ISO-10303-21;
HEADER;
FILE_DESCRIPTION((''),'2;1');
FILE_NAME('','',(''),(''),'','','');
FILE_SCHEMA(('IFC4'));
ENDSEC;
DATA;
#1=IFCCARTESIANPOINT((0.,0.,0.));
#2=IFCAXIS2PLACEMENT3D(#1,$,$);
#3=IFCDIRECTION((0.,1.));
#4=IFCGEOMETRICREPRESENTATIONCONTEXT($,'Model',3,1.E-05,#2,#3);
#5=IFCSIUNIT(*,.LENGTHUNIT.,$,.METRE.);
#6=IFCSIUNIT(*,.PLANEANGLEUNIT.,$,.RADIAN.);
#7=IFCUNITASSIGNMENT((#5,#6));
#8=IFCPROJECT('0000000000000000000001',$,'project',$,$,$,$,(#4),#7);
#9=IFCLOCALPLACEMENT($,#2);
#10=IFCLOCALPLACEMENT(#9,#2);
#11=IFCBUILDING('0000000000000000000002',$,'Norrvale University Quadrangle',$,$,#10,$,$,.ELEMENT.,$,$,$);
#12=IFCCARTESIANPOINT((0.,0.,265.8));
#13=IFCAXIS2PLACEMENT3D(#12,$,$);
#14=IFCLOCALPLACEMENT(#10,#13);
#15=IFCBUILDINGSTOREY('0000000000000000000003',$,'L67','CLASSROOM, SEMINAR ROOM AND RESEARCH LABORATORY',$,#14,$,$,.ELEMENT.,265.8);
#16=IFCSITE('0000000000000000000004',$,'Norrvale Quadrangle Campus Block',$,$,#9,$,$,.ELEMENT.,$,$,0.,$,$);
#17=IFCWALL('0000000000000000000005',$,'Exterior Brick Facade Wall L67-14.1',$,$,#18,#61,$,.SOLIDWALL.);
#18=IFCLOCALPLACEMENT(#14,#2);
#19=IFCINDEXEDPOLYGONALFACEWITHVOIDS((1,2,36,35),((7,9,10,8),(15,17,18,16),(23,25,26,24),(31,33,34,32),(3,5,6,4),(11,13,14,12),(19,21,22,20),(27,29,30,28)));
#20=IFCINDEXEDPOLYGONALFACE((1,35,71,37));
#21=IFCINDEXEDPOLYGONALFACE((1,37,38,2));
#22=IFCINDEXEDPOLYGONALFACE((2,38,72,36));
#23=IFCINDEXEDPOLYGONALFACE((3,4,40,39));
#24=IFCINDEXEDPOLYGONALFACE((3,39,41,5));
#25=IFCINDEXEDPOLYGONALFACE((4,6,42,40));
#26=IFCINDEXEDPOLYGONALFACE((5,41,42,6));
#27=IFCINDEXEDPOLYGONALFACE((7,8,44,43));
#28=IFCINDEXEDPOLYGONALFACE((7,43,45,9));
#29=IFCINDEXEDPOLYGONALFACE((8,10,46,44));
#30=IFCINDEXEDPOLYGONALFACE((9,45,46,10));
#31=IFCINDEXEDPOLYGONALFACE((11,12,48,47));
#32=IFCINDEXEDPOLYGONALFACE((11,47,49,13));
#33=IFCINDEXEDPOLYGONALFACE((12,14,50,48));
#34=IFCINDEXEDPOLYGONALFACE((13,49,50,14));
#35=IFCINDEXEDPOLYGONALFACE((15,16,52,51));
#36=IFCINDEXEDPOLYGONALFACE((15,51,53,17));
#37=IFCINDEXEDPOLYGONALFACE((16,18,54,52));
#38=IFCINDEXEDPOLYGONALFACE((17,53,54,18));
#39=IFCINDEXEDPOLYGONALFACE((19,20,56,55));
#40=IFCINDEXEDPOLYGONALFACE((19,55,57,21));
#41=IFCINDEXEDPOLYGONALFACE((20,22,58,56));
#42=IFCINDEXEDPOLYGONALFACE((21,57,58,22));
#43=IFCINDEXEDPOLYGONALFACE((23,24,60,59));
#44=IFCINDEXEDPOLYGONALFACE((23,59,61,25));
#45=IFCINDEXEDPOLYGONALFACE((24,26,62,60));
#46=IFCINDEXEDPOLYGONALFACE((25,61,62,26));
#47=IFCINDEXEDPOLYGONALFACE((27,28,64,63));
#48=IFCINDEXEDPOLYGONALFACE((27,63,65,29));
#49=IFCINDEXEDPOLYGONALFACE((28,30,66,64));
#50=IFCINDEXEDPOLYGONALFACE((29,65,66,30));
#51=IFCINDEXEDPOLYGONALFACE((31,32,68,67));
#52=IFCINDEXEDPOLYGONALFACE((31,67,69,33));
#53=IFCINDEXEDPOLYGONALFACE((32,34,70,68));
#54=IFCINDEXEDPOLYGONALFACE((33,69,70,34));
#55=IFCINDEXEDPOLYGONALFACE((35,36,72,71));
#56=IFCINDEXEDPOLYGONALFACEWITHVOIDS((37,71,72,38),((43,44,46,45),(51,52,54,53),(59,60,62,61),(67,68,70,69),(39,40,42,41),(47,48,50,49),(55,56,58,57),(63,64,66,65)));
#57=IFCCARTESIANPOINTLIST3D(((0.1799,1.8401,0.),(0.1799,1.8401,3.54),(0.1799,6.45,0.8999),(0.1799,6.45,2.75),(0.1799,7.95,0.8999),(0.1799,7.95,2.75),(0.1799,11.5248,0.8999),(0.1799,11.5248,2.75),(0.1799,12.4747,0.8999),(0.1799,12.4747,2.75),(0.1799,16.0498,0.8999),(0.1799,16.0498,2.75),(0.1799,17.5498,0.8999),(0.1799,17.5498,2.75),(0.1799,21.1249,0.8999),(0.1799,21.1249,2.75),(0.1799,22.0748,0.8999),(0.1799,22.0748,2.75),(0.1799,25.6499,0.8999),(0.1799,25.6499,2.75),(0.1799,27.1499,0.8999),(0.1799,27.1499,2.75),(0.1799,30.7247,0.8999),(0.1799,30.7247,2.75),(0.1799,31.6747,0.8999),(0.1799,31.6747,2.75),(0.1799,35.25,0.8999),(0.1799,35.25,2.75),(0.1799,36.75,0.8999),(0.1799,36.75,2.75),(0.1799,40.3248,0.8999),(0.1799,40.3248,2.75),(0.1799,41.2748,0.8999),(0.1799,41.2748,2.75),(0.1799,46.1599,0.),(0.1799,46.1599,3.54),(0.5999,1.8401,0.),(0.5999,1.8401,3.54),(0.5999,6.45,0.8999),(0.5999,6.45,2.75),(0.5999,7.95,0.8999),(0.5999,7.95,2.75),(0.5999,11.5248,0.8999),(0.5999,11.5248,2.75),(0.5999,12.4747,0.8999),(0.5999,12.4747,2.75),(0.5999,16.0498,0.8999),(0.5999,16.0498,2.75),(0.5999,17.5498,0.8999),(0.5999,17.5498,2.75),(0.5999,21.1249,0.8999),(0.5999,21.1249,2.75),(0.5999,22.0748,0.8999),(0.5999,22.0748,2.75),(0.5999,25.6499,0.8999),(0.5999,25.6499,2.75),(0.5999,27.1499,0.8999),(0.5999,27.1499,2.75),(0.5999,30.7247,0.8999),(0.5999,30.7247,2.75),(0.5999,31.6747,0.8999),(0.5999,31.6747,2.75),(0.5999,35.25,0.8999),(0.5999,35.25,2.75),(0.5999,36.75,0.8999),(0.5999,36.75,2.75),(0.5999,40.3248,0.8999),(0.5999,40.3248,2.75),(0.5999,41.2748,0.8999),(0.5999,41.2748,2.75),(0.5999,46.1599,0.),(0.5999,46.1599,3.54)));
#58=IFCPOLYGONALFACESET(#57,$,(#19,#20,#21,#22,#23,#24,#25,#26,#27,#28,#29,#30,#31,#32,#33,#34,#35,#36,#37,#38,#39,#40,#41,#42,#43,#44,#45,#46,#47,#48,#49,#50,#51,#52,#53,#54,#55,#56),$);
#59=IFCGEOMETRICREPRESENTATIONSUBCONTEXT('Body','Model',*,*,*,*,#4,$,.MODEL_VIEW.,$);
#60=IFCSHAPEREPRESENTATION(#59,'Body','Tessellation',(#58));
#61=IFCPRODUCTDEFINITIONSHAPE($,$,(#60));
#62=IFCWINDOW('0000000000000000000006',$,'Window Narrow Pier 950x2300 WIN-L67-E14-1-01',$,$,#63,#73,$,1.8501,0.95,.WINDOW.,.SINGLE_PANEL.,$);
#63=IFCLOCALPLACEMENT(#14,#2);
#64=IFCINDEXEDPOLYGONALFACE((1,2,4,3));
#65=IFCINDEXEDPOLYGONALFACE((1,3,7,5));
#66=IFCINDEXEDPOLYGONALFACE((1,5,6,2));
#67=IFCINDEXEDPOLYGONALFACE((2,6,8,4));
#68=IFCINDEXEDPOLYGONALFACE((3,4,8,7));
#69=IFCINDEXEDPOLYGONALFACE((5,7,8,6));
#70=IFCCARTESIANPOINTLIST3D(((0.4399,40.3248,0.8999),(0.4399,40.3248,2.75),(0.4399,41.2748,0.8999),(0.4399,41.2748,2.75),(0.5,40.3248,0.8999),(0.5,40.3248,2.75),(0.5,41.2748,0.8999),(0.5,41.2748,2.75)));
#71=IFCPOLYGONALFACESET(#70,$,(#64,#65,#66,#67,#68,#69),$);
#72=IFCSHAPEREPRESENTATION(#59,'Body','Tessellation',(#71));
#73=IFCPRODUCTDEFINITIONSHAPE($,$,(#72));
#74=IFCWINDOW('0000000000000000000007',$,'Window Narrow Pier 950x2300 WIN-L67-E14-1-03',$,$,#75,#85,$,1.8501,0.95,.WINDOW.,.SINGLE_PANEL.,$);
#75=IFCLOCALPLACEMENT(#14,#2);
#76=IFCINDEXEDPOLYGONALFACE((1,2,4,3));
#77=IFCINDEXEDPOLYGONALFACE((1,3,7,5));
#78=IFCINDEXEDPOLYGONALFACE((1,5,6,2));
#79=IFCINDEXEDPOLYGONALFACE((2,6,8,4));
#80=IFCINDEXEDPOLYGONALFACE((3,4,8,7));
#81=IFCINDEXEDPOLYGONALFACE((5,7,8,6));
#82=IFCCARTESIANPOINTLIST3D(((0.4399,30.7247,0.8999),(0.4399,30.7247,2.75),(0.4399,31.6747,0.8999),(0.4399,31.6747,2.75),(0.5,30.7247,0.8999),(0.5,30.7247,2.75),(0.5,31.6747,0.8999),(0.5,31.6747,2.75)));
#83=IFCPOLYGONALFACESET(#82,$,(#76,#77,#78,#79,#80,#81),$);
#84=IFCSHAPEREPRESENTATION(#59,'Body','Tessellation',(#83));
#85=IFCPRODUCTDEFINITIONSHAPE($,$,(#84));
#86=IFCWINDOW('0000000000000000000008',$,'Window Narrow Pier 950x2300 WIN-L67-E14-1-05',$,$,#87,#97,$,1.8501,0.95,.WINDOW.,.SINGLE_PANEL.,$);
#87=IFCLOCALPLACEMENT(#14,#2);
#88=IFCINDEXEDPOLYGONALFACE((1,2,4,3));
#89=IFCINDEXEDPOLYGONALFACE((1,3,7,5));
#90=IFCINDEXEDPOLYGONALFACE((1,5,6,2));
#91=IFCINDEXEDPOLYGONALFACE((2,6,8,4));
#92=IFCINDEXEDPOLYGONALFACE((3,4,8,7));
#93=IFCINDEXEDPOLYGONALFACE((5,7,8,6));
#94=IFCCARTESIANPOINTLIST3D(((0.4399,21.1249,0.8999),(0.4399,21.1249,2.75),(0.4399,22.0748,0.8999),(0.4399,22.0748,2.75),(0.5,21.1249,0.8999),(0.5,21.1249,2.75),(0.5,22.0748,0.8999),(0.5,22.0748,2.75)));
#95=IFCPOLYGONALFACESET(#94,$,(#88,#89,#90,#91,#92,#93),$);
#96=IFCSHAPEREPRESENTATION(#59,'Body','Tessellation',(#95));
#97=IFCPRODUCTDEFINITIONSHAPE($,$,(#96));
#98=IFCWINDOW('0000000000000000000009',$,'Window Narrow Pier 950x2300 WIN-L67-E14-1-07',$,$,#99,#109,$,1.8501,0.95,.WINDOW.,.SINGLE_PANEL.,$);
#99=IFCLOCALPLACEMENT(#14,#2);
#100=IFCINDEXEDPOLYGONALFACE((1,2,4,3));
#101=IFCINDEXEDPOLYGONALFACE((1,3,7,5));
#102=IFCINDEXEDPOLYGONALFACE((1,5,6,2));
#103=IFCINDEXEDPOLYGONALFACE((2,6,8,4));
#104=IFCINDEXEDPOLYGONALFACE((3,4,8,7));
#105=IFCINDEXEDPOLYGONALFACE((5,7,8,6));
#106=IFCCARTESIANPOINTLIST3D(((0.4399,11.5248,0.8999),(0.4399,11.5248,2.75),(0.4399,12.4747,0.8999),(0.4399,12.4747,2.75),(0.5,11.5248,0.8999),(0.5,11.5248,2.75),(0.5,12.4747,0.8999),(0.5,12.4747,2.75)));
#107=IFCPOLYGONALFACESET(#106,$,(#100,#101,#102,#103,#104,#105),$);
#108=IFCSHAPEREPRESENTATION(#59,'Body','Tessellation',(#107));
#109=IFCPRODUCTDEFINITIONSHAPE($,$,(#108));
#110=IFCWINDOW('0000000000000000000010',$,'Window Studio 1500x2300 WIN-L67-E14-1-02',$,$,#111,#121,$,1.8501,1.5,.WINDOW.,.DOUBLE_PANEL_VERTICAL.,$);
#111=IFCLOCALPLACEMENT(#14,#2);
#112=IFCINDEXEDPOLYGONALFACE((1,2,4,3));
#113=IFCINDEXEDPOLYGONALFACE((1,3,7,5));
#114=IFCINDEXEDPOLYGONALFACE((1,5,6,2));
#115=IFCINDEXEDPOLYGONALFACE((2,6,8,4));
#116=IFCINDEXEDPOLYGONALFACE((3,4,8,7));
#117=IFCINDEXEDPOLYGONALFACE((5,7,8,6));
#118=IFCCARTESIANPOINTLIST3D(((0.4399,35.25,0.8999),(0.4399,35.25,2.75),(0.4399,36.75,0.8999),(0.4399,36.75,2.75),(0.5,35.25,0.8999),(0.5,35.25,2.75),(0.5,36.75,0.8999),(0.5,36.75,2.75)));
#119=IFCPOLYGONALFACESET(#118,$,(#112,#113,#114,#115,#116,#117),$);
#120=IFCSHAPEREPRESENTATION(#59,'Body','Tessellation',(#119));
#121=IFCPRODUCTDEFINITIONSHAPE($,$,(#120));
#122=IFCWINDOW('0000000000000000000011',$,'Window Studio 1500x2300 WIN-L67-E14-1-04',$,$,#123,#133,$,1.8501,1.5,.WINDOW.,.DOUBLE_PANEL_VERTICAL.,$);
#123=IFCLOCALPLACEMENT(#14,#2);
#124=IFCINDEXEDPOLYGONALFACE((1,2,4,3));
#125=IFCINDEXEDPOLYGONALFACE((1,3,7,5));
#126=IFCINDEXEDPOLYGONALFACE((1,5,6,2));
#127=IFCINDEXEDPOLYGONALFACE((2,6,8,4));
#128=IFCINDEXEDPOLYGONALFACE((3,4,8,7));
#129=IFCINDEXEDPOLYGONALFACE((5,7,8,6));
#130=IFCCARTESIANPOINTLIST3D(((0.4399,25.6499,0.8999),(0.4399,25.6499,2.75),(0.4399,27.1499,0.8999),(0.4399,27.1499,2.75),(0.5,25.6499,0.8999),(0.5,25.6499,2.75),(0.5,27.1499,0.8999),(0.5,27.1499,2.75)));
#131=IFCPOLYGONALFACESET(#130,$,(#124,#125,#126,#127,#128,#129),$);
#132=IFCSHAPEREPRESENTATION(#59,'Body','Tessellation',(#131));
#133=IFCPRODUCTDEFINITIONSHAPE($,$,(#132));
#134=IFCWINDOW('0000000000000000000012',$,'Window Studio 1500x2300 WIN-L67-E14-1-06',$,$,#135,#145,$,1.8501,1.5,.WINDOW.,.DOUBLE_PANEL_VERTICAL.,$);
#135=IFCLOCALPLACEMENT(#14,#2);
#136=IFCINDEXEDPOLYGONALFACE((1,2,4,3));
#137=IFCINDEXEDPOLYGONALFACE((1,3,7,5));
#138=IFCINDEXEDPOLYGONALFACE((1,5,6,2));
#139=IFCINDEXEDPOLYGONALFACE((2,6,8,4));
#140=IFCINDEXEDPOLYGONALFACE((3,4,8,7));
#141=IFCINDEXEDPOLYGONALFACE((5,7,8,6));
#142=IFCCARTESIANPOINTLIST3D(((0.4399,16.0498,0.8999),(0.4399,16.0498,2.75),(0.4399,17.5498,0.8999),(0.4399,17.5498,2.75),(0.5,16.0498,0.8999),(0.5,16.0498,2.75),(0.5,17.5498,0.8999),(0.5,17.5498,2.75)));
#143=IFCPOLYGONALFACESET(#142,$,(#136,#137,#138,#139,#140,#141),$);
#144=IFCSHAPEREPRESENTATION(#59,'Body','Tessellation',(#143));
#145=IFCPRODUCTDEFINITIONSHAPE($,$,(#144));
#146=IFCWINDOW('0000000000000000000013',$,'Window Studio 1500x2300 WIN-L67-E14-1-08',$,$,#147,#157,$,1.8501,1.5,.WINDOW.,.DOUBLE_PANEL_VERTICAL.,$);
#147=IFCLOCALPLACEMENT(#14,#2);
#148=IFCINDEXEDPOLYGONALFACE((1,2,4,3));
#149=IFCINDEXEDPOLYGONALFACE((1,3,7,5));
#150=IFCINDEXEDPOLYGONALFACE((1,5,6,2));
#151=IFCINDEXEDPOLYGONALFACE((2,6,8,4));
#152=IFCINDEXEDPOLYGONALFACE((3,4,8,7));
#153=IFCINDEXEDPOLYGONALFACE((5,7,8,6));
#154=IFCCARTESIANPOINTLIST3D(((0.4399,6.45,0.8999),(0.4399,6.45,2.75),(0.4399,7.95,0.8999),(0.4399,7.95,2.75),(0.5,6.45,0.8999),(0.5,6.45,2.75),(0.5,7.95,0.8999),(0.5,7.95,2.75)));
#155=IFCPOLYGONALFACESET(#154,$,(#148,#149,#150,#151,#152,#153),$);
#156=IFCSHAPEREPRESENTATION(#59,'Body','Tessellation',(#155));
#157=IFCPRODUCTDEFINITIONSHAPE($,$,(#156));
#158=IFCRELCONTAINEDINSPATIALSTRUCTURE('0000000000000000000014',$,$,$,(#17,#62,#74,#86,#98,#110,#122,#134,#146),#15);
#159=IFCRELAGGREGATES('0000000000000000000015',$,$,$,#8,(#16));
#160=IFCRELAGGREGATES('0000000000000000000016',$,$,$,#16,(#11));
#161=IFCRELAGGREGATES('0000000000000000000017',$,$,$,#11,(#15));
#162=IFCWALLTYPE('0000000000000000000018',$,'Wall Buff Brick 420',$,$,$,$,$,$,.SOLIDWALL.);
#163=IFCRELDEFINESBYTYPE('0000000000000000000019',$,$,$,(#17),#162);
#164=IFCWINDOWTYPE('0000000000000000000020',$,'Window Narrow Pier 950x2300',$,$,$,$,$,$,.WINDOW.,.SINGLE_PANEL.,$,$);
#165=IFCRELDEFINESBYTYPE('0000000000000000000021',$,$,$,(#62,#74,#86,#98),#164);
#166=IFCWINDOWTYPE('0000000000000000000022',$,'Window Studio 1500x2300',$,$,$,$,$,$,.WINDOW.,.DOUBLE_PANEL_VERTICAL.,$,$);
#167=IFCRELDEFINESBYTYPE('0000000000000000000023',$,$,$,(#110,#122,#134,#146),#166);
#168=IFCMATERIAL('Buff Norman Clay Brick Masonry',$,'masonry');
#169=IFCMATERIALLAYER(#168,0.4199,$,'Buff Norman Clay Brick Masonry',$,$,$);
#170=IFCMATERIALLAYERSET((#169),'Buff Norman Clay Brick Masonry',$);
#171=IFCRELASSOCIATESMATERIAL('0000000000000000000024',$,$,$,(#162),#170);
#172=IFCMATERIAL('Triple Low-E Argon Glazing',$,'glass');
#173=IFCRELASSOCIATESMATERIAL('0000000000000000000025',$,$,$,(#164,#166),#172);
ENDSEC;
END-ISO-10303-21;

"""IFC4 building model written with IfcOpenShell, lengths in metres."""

from ifc_helpers import new_model, si_unit, direction, frame, frame_2d, origin, place, context, subcontext, project, spatial, rectangle, extrude, material, layer, layer_set, type_object, element, fill, save


model = new_model("IFC4")

# Units and contexts
model_context = context("Model", 3, precision=1e-05, world=origin(), true_north=direction((0.0, 1.0)))
body_context = subcontext(model_context, "Body", "Model", "MODEL_VIEW")
ifc_project = project(units=[si_unit("LENGTHUNIT", "METRE"), si_unit("PLANEANGLEUNIT", "RADIAN")], contexts=[model_context])

# Site, building, storey
site_placement = place(None, origin())
site = spatial("IfcSite", under=ifc_project, at=site_placement, Name="Norrvale Quadrangle Campus Block", CompositionType="ELEMENT", RefElevation=0.0)
building_placement = place(site_placement, origin())
building = spatial("IfcBuilding", under=site, at=building_placement, Name="Norrvale University Quadrangle", CompositionType="ELEMENT")
storey_placement = place(building_placement, frame((0.0, 0.0, 265.8)))
storey = spatial("IfcBuildingStorey", under=building, at=storey_placement, Name="L67", Description="CLASSROOM, SEMINAR ROOM AND RESEARCH LABORATORY", CompositionType="ELEMENT", Elevation=265.8)

# Shared definitions
ifc_material_1 = material(Name="Buff Norman Clay Brick Masonry", Category="masonry")
ifc_layer_1 = layer(ifc_material_1, 0.4199, Name="Buff Norman Clay Brick Masonry")
ifc_layer_set_1 = layer_set([ifc_layer_1], Name="Buff Norman Clay Brick Masonry")
wall_type_1 = type_object("IfcWallType", Name="Wall Buff Brick 420", PredefinedType="SOLIDWALL", material=ifc_layer_set_1)

# Wall, openings, windows
wall_1_placement = place(storey_placement, frame((0.3899, 46.1599, 0.0), z_axis=(0.0, 0.0, 1.0), x_axis=(0.0, -1.0, 0.0)))
wall_1 = element("IfcWall", 1, at=wall_1_placement, inside=storey, type_object=wall_type_1, Name="Exterior Brick Facade Wall L67-14.1", PredefinedType="SOLIDWALL", context=body_context, shape_type="SweptSolid", body=[
    extrude(rectangle(XDim=44.3198, YDim=0.4199, at=frame_2d((22.1599, 0.0))), origin(), (0.0, 0.0, 1.0), 3.54),
])
opening_1_placement = place(wall_1_placement, frame((4.885, 0.0, 0.8999)))
opening_1 = element("IfcOpeningElement", 2, at=opening_1_placement, cuts=wall_1, PredefinedType="OPENING", context=body_context, shape_type="SweptSolid", body=[
    extrude(rectangle(XDim=0.95, YDim=1.8501, at=frame_2d((0.4751, 0.925))), frame((0.0, 0.2219, 0.0), z_axis=(0.0, -1.0, 0.0), x_axis=(1.0, 0.0, 0.0)), (0.0, 0.0, 1.0), 0.4438),
])
opening_2_placement = place(wall_1_placement, frame((9.4099, 0.0, 0.8999)))
opening_2 = element("IfcOpeningElement", 3, at=opening_2_placement, cuts=wall_1, PredefinedType="OPENING", context=body_context, shape_type="SweptSolid", body=[
    extrude(rectangle(XDim=1.5, YDim=1.8501, at=frame_2d((0.75, 0.925))), frame((0.0, 0.2219, 0.0), z_axis=(0.0, -1.0, 0.0), x_axis=(1.0, 0.0, 0.0)), (0.0, 0.0, 1.0), 0.4438),
])
opening_3_placement = place(wall_1_placement, frame((14.4851, 0.0, 0.8999)))
opening_3 = element("IfcOpeningElement", 4, at=opening_3_placement, cuts=wall_1, PredefinedType="OPENING", context=body_context, shape_type="SweptSolid", body=[
    extrude(rectangle(XDim=0.95, YDim=1.8501, at=frame_2d((0.4751, 0.925))), frame((0.0, 0.2219, 0.0), z_axis=(0.0, -1.0, 0.0), x_axis=(1.0, 0.0, 0.0)), (0.0, 0.0, 1.0), 0.4438),
])
opening_4_placement = place(wall_1_placement, frame((19.01, 0.0, 0.8999)))
opening_4 = element("IfcOpeningElement", 5, at=opening_4_placement, cuts=wall_1, PredefinedType="OPENING", context=body_context, shape_type="SweptSolid", body=[
    extrude(rectangle(XDim=1.5, YDim=1.8501, at=frame_2d((0.75, 0.925))), frame((0.0, 0.2219, 0.0), z_axis=(0.0, -1.0, 0.0), x_axis=(1.0, 0.0, 0.0)), (0.0, 0.0, 1.0), 0.4438),
])
opening_5_placement = place(wall_1_placement, frame((24.085, 0.0, 0.8999)))
opening_5 = element("IfcOpeningElement", 6, at=opening_5_placement, cuts=wall_1, PredefinedType="OPENING", context=body_context, shape_type="SweptSolid", body=[
    extrude(rectangle(XDim=0.95, YDim=1.8501, at=frame_2d((0.4751, 0.925))), frame((0.0, 0.2219, 0.0), z_axis=(0.0, -1.0, 0.0), x_axis=(1.0, 0.0, 0.0)), (0.0, 0.0, 1.0), 0.4438),
])
opening_6_placement = place(wall_1_placement, frame((28.6101, 0.0, 0.8999)))
opening_6 = element("IfcOpeningElement", 7, at=opening_6_placement, cuts=wall_1, PredefinedType="OPENING", context=body_context, shape_type="SweptSolid", body=[
    extrude(rectangle(XDim=1.5, YDim=1.8501, at=frame_2d((0.75, 0.925))), frame((0.0, 0.2219, 0.0), z_axis=(0.0, -1.0, 0.0), x_axis=(1.0, 0.0, 0.0)), (0.0, 0.0, 1.0), 0.4438),
])
opening_7_placement = place(wall_1_placement, frame((33.6851, 0.0, 0.8999)))
opening_7 = element("IfcOpeningElement", 8, at=opening_7_placement, cuts=wall_1, PredefinedType="OPENING", context=body_context, shape_type="SweptSolid", body=[
    extrude(rectangle(XDim=0.95, YDim=1.8501, at=frame_2d((0.4751, 0.925))), frame((0.0, 0.2219, 0.0), z_axis=(0.0, -1.0, 0.0), x_axis=(1.0, 0.0, 0.0)), (0.0, 0.0, 1.0), 0.4438),
])
opening_8_placement = place(wall_1_placement, frame((38.21, 0.0, 0.8999)))
opening_8 = element("IfcOpeningElement", 9, at=opening_8_placement, cuts=wall_1, PredefinedType="OPENING", context=body_context, shape_type="SweptSolid", body=[
    extrude(rectangle(XDim=1.5, YDim=1.8501, at=frame_2d((0.75, 0.925))), frame((0.0, 0.2219, 0.0), z_axis=(0.0, -1.0, 0.0), x_axis=(1.0, 0.0, 0.0)), (0.0, 0.0, 1.0), 0.4438),
])
ifc_material_2 = material(Name="Triple Low-E Argon Glazing", Category="glass")
window_type_1 = type_object("IfcWindowType", Name="Window Narrow Pier 950x2300", PartitioningType="SINGLE_PANEL", PredefinedType="WINDOW", material=ifc_material_2)
window_1_placement = place(opening_1_placement, origin())
window_1 = element("IfcWindow", 10, at=window_1_placement, inside=storey, type_object=window_type_1, Name="Window Narrow Pier 950x2300 WIN-L67-E14-1-01", OverallHeight=1.8501, OverallWidth=0.95, PartitioningType="SINGLE_PANEL", PredefinedType="WINDOW", context=body_context, shape_type="SweptSolid", body=[
    extrude(rectangle(XDim=0.95, YDim=1.8501, at=frame_2d((0.4751, 0.925))), frame((0.0, 0.1101, 0.0), z_axis=(0.0, -1.0, 0.0), x_axis=(1.0, 0.0, 0.0)), (0.0, 0.0, 1.0), 0.0601),
])
fill(opening_1, window_1)
window_2_placement = place(opening_3_placement, origin())
window_2 = element("IfcWindow", 11, at=window_2_placement, inside=storey, type_object=window_type_1, Name="Window Narrow Pier 950x2300 WIN-L67-E14-1-03", OverallHeight=1.8501, OverallWidth=0.95, PartitioningType="SINGLE_PANEL", PredefinedType="WINDOW", context=body_context, shape_type="SweptSolid", body=[
    extrude(rectangle(XDim=0.95, YDim=1.8501, at=frame_2d((0.4751, 0.925))), frame((0.0, 0.1101, 0.0), z_axis=(0.0, -1.0, 0.0), x_axis=(1.0, 0.0, 0.0)), (0.0, 0.0, 1.0), 0.0601),
])
fill(opening_3, window_2)
window_3_placement = place(opening_5_placement, origin())
window_3 = element("IfcWindow", 12, at=window_3_placement, inside=storey, type_object=window_type_1, Name="Window Narrow Pier 950x2300 WIN-L67-E14-1-05", OverallHeight=1.8501, OverallWidth=0.95, PartitioningType="SINGLE_PANEL", PredefinedType="WINDOW", context=body_context, shape_type="SweptSolid", body=[
    extrude(rectangle(XDim=0.95, YDim=1.8501, at=frame_2d((0.4751, 0.925))), frame((0.0, 0.1101, 0.0), z_axis=(0.0, -1.0, 0.0), x_axis=(1.0, 0.0, 0.0)), (0.0, 0.0, 1.0), 0.0601),
])
fill(opening_5, window_3)
window_4_placement = place(opening_7_placement, origin())
window_4 = element("IfcWindow", 13, at=window_4_placement, inside=storey, type_object=window_type_1, Name="Window Narrow Pier 950x2300 WIN-L67-E14-1-07", OverallHeight=1.8501, OverallWidth=0.95, PartitioningType="SINGLE_PANEL", PredefinedType="WINDOW", context=body_context, shape_type="SweptSolid", body=[
    extrude(rectangle(XDim=0.95, YDim=1.8501, at=frame_2d((0.4751, 0.925))), frame((0.0, 0.1101, 0.0), z_axis=(0.0, -1.0, 0.0), x_axis=(1.0, 0.0, 0.0)), (0.0, 0.0, 1.0), 0.0601),
])
fill(opening_7, window_4)
window_type_2 = type_object("IfcWindowType", Name="Window Studio 1500x2300", PartitioningType="DOUBLE_PANEL_VERTICAL", PredefinedType="WINDOW", material=ifc_material_2)
window_5_placement = place(opening_2_placement, origin())
window_5 = element("IfcWindow", 14, at=window_5_placement, inside=storey, type_object=window_type_2, Name="Window Studio 1500x2300 WIN-L67-E14-1-02", OverallHeight=1.8501, OverallWidth=1.5, PartitioningType="DOUBLE_PANEL_VERTICAL", PredefinedType="WINDOW", context=body_context, shape_type="SweptSolid", body=[
    extrude(rectangle(XDim=1.5, YDim=1.8501, at=frame_2d((0.75, 0.925))), frame((0.0, 0.1101, 0.0), z_axis=(0.0, -1.0, 0.0), x_axis=(1.0, 0.0, 0.0)), (0.0, 0.0, 1.0), 0.0601),
])
fill(opening_2, window_5)
window_6_placement = place(opening_4_placement, origin())
window_6 = element("IfcWindow", 15, at=window_6_placement, inside=storey, type_object=window_type_2, Name="Window Studio 1500x2300 WIN-L67-E14-1-04", OverallHeight=1.8501, OverallWidth=1.5, PartitioningType="DOUBLE_PANEL_VERTICAL", PredefinedType="WINDOW", context=body_context, shape_type="SweptSolid", body=[
    extrude(rectangle(XDim=1.5, YDim=1.8501, at=frame_2d((0.75, 0.925))), frame((0.0, 0.1101, 0.0), z_axis=(0.0, -1.0, 0.0), x_axis=(1.0, 0.0, 0.0)), (0.0, 0.0, 1.0), 0.0601),
])
fill(opening_4, window_6)
window_7_placement = place(opening_6_placement, origin())
window_7 = element("IfcWindow", 16, at=window_7_placement, inside=storey, type_object=window_type_2, Name="Window Studio 1500x2300 WIN-L67-E14-1-06", OverallHeight=1.8501, OverallWidth=1.5, PartitioningType="DOUBLE_PANEL_VERTICAL", PredefinedType="WINDOW", context=body_context, shape_type="SweptSolid", body=[
    extrude(rectangle(XDim=1.5, YDim=1.8501, at=frame_2d((0.75, 0.925))), frame((0.0, 0.1101, 0.0), z_axis=(0.0, -1.0, 0.0), x_axis=(1.0, 0.0, 0.0)), (0.0, 0.0, 1.0), 0.0601),
])
fill(opening_6, window_7)
window_8_placement = place(opening_8_placement, origin())
window_8 = element("IfcWindow", 17, at=window_8_placement, inside=storey, type_object=window_type_2, Name="Window Studio 1500x2300 WIN-L67-E14-1-08", OverallHeight=1.8501, OverallWidth=1.5, PartitioningType="DOUBLE_PANEL_VERTICAL", PredefinedType="WINDOW", context=body_context, shape_type="SweptSolid", body=[
    extrude(rectangle(XDim=1.5, YDim=1.8501, at=frame_2d((0.75, 0.925))), frame((0.0, 0.1101, 0.0), z_axis=(0.0, -1.0, 0.0), x_axis=(1.0, 0.0, 0.0)), (0.0, 0.0, 1.0), 0.0601),
])
fill(opening_8, window_8)

save(model, "model.ifc")
